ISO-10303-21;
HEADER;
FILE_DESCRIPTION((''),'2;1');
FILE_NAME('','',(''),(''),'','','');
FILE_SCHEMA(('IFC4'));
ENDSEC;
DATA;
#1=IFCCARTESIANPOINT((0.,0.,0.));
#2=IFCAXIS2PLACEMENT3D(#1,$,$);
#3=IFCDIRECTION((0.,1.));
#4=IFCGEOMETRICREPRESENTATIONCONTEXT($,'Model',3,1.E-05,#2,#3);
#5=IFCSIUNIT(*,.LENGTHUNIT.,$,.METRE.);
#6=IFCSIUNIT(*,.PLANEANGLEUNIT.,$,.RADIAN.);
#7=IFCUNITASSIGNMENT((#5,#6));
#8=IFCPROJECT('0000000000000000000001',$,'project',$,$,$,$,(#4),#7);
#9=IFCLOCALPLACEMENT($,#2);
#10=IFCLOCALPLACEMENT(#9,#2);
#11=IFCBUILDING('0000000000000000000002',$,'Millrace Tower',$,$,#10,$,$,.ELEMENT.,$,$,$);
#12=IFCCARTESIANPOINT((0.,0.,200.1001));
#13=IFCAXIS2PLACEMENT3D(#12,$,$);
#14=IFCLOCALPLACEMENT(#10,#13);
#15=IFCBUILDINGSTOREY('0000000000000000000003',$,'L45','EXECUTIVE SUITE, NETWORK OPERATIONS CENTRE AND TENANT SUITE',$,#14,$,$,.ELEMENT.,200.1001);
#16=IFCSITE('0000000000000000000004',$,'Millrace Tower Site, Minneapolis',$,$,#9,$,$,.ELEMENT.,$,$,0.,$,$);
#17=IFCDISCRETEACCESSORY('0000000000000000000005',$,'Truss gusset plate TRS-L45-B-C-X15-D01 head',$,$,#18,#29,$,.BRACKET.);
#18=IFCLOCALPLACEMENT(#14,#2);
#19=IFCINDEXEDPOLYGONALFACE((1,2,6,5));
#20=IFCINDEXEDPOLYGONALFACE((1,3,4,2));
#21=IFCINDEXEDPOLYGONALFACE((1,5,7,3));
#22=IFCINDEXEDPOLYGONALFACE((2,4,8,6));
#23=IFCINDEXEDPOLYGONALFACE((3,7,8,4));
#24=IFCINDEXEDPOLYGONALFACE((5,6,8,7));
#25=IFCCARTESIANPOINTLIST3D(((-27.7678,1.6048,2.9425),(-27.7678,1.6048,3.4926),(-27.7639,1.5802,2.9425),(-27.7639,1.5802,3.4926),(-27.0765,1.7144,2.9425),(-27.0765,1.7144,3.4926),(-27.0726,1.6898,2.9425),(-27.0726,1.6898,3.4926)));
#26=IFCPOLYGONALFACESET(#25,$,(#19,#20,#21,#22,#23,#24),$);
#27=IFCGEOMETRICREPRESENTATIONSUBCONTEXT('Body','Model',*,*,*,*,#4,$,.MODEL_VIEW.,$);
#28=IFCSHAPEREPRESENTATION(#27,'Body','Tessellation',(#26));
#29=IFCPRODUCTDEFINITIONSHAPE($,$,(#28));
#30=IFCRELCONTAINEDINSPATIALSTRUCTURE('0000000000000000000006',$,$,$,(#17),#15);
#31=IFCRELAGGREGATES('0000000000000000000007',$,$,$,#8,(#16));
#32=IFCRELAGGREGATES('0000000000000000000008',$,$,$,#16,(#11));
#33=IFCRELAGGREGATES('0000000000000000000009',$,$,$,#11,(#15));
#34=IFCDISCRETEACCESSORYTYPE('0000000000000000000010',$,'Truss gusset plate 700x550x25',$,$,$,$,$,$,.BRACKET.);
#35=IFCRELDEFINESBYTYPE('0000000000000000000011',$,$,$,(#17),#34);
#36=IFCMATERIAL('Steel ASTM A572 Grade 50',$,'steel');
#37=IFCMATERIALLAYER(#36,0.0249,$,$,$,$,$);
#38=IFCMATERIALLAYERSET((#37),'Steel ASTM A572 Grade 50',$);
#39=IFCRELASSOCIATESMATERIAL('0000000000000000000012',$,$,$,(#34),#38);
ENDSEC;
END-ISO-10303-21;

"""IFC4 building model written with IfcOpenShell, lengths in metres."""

from ifc_helpers import new_model, si_unit, direction, frame, origin, origin_2d, place, context, subcontext, project, spatial, rectangle, extrude, material, layer, layer_set, type_object, element, save


model = new_model("IFC4")

# Units and contexts
model_context = context("Model", 3, precision=1e-05, world=origin(), true_north=direction((0.0, 1.0)))
body_context = subcontext(model_context, "Body", "Model", "MODEL_VIEW")
ifc_project = project(units=[si_unit("LENGTHUNIT", "METRE"), si_unit("PLANEANGLEUNIT", "RADIAN")], contexts=[model_context])

# Site, building, storey
site_placement = place(None, origin())
site = spatial("IfcSite", under=ifc_project, at=site_placement, Name="Millrace Tower Site, Minneapolis", CompositionType="ELEMENT", RefElevation=0.0)
building_placement = place(site_placement, origin())
building = spatial("IfcBuilding", under=site, at=building_placement, Name="Millrace Tower", CompositionType="ELEMENT")
storey_placement = place(building_placement, frame((0.0, 0.0, 200.1001)))
storey = spatial("IfcBuildingStorey", under=building, at=storey_placement, Name="L45", Description="EXECUTIVE SUITE, NETWORK OPERATIONS CENTRE AND TENANT SUITE", CompositionType="ELEMENT", Elevation=200.1001)

# Discrete accessory
ifc_material_1 = material(Name="Steel ASTM A572 Grade 50", Category="steel")
ifc_layer_1 = layer(ifc_material_1, 0.0249)
ifc_layer_set_1 = layer_set([ifc_layer_1], Name="Steel ASTM A572 Grade 50")
discrete_accessory_type = type_object("IfcDiscreteAccessoryType", Name="Truss gusset plate 700x550x25", PredefinedType="BRACKET", material=ifc_layer_set_1)
discrete_accessory_1_placement = place(storey_placement, frame((-27.7659, 1.5925, 3.2175), z_axis=(0.987664, 0.156589, 0.0), x_axis=(-0.156589, 0.987664, 0.0)))
element("IfcDiscreteAccessory", 1, at=discrete_accessory_1_placement, inside=storey, type_object=discrete_accessory_type, Name="Truss gusset plate TRS-L45-B-C-X15-D01 head", PredefinedType="BRACKET", context=body_context, shape_type="SweptSolid", body=[
    extrude(rectangle(XDim=0.0249, YDim=0.55, at=origin_2d()), origin(), (0.0, 0.0, 1.0), 0.7),
])

save(model, "model.ifc")
